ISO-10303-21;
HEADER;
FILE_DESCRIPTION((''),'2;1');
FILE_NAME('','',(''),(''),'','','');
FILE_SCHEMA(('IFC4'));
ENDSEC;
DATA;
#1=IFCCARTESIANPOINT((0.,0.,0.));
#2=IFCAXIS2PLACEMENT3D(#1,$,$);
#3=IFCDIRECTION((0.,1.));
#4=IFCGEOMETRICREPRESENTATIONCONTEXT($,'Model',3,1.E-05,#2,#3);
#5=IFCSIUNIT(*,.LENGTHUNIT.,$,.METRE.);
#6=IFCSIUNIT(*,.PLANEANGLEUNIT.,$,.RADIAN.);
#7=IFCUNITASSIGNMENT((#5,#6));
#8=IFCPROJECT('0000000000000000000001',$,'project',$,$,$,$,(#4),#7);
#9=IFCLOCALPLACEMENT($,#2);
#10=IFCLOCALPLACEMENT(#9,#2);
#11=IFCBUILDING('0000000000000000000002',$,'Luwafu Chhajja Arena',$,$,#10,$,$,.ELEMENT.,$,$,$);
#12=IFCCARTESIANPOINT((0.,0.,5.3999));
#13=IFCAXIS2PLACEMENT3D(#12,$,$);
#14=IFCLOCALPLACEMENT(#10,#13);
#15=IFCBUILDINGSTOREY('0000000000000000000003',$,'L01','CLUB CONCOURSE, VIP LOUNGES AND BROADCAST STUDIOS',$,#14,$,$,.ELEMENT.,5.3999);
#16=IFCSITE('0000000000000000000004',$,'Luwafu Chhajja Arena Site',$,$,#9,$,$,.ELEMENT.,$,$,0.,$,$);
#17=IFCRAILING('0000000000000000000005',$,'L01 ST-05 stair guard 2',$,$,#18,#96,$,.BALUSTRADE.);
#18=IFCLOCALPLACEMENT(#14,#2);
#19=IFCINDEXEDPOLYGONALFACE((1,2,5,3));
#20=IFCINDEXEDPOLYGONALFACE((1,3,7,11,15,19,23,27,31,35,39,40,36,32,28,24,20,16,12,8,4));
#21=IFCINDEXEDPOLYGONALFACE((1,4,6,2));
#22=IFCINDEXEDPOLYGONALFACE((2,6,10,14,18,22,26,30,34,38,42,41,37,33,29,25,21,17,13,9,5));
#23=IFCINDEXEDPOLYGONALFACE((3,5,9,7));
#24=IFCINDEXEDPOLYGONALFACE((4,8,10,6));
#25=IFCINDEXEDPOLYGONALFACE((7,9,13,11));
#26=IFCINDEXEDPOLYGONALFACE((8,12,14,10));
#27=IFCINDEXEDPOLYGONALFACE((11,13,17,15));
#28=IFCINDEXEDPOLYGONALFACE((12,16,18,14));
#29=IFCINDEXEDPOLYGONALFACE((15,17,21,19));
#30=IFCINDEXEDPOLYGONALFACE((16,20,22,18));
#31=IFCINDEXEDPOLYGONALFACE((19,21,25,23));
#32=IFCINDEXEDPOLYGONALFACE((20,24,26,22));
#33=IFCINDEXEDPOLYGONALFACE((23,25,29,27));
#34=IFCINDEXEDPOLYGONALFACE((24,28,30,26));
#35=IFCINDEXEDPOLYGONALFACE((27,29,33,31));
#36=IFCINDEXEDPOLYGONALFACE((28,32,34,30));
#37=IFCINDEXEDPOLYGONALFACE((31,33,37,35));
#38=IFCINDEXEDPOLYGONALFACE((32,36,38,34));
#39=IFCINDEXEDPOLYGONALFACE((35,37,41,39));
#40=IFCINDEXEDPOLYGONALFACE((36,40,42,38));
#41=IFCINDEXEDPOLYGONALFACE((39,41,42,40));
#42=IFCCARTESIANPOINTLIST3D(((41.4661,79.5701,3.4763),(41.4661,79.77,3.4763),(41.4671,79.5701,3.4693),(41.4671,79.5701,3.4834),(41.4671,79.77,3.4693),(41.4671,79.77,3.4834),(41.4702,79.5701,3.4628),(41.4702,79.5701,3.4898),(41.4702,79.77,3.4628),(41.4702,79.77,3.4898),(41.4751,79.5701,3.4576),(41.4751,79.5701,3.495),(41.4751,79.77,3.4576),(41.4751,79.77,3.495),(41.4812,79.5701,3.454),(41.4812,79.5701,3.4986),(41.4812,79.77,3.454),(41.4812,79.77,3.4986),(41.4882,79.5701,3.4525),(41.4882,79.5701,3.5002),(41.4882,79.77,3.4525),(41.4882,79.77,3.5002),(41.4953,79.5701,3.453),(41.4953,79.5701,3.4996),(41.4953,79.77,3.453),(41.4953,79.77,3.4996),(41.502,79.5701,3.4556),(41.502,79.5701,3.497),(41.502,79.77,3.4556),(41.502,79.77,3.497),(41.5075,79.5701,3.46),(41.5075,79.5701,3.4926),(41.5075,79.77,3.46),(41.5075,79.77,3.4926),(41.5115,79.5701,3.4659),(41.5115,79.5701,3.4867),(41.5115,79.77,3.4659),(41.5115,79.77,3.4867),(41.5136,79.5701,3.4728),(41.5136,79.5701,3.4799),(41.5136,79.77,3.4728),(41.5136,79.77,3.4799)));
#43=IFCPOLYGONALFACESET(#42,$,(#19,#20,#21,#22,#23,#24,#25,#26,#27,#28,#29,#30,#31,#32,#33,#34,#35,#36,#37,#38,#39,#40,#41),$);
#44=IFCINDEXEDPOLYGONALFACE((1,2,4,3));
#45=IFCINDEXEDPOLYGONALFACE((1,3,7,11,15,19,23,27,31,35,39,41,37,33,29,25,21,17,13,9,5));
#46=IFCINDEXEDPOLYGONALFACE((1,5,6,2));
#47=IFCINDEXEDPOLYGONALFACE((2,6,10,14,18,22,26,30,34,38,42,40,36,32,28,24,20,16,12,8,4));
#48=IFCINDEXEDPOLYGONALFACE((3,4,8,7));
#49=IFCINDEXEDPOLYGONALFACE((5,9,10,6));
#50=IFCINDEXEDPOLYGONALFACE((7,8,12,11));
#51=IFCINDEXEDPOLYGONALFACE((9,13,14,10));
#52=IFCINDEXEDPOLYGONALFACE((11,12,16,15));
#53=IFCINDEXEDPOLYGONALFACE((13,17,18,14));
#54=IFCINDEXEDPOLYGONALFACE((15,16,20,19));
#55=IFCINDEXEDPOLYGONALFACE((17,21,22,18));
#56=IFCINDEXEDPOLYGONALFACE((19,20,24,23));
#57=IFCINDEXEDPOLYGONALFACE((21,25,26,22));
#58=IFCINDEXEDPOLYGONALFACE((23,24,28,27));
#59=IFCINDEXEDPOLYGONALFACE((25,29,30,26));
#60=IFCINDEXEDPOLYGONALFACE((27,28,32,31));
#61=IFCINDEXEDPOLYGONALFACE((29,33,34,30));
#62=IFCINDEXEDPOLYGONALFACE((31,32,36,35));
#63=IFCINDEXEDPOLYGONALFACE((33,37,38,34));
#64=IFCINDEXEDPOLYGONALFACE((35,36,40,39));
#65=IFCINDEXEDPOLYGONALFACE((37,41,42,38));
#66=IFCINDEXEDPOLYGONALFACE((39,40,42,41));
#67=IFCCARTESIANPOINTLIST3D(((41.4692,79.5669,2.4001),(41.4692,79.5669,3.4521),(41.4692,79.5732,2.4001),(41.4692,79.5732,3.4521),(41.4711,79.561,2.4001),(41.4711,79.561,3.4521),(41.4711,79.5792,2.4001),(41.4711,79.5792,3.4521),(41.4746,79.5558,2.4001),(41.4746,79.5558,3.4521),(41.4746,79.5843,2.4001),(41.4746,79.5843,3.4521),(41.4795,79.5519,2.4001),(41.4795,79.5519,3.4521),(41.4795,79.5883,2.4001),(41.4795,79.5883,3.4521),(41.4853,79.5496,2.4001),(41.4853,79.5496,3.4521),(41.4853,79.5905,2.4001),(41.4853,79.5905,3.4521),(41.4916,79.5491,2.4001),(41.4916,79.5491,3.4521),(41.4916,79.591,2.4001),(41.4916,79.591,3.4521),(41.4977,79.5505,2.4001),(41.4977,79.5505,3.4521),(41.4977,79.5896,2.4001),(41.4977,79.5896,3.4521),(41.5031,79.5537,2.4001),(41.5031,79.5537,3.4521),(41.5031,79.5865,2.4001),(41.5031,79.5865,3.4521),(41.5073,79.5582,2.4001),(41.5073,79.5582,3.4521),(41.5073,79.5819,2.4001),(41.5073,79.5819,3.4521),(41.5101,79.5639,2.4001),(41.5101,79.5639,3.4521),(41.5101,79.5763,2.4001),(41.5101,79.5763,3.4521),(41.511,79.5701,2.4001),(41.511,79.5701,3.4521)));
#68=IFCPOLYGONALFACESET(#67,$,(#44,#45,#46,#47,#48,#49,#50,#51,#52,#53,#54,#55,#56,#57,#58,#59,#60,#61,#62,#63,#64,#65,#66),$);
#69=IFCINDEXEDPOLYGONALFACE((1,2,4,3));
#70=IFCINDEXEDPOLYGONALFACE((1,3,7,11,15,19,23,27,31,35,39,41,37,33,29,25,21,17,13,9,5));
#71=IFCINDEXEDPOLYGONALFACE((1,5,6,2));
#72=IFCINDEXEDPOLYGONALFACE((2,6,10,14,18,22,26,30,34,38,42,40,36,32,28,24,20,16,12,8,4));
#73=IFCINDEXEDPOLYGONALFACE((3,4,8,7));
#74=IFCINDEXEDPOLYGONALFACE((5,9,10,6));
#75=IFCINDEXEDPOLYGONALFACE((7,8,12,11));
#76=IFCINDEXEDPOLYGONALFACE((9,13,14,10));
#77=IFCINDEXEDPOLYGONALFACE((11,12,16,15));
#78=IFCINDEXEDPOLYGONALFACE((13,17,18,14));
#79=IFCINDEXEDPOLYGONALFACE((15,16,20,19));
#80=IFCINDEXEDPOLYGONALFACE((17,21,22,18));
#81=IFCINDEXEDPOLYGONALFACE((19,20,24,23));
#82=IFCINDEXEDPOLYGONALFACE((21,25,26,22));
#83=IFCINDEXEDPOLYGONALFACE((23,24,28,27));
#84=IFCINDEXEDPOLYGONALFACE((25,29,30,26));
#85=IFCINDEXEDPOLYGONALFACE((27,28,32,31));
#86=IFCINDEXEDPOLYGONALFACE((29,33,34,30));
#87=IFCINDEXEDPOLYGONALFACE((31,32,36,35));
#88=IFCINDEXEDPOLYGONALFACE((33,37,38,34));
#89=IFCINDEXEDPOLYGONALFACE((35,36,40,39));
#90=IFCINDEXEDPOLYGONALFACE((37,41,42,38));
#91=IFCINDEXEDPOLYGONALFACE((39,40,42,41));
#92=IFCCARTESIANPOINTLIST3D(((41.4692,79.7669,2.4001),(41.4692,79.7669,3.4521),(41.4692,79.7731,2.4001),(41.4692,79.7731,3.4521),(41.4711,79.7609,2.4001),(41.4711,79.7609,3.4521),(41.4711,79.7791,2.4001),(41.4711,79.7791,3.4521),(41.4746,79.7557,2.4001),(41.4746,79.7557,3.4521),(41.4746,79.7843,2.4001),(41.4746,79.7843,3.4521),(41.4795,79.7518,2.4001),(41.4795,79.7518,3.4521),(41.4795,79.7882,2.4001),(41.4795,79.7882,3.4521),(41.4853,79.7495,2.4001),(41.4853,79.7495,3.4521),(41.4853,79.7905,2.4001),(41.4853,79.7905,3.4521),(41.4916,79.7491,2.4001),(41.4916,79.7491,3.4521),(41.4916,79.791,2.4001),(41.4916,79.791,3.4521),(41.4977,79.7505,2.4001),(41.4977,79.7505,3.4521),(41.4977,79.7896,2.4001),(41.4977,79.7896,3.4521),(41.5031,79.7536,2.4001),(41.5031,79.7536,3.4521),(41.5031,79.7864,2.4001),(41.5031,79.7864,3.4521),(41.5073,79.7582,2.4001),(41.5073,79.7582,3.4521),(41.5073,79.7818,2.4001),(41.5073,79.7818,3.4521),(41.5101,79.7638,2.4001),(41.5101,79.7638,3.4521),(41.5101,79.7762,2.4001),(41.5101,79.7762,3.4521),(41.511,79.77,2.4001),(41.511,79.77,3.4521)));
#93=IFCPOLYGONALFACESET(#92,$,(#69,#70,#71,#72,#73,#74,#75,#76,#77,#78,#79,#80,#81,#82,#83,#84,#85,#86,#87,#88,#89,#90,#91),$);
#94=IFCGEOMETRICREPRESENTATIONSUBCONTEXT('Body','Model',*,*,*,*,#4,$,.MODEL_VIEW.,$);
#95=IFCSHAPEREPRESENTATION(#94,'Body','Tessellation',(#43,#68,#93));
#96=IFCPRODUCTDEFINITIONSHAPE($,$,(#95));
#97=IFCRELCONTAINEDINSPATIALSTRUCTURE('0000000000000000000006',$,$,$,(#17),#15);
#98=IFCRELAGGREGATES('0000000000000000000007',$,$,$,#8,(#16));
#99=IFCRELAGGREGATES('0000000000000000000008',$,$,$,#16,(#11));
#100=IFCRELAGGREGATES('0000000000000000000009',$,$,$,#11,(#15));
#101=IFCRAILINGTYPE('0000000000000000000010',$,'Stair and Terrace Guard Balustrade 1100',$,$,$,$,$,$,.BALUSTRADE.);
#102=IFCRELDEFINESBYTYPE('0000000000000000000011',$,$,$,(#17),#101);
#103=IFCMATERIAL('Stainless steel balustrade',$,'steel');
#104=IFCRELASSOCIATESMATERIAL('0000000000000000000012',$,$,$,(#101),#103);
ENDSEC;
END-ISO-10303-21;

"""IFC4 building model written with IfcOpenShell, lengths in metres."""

from ifc_helpers import new_model, si_unit, direction, frame, origin, origin_2d, place, context, subcontext, project, spatial, circle, extrude, material, type_object, element, save


model = new_model("IFC4")

# Units and contexts
model_context = context("Model", 3, precision=1e-05, world=origin(), true_north=direction((0.0, 1.0)))
body_context = subcontext(model_context, "Body", "Model", "MODEL_VIEW")
ifc_project = project(units=[si_unit("LENGTHUNIT", "METRE"), si_unit("PLANEANGLEUNIT", "RADIAN")], contexts=[model_context])

# Site, building, storey
site_placement = place(None, origin())
site = spatial("IfcSite", under=ifc_project, at=site_placement, Name="Luwafu Chhajja Arena Site", CompositionType="ELEMENT", RefElevation=0.0)
building_placement = place(site_placement, origin())
building = spatial("IfcBuilding", under=site, at=building_placement, Name="Luwafu Chhajja Arena", CompositionType="ELEMENT")
storey_placement = place(building_placement, frame((0.0, 0.0, 5.3999)))
storey = spatial("IfcBuildingStorey", under=building, at=storey_placement, Name="L01", Description="CLUB CONCOURSE, VIP LOUNGES AND BROADCAST STUDIOS", CompositionType="ELEMENT", Elevation=5.3999)

# Railing
ifc_material_1 = material(Name="Stainless steel balustrade", Category="steel")
railing_type_1 = type_object("IfcRailingType", Name="Stair and Terrace Guard Balustrade 1100", PredefinedType="BALUSTRADE", material=ifc_material_1)
railing_1_placement = place(storey_placement, frame((41.49, 79.5701, 2.4001)))
element("IfcRailing", 1, at=railing_1_placement, inside=storey, type_object=railing_type_1, Name="L01 ST-05 stair guard 2", PredefinedType="BALUSTRADE", context=body_context, shape_type="SweptSolid", body=[
    extrude(circle(Radius=0.0239, at=origin_2d()), frame((0.0, 0.0, 1.0762), z_axis=(0.0, 1.0, 0.0), x_axis=(-1.0, 0.0, 0.0)), (0.0, 0.0, 1.0), 0.2),
    extrude(circle(Radius=0.021, at=origin_2d()), origin(), (0.0, 0.0, 1.0), 1.052),
    extrude(circle(Radius=0.021, at=origin_2d()), frame((0.0, 0.2, 0.0)), (0.0, 0.0, 1.0), 1.052),
])

save(model, "model.ifc")
